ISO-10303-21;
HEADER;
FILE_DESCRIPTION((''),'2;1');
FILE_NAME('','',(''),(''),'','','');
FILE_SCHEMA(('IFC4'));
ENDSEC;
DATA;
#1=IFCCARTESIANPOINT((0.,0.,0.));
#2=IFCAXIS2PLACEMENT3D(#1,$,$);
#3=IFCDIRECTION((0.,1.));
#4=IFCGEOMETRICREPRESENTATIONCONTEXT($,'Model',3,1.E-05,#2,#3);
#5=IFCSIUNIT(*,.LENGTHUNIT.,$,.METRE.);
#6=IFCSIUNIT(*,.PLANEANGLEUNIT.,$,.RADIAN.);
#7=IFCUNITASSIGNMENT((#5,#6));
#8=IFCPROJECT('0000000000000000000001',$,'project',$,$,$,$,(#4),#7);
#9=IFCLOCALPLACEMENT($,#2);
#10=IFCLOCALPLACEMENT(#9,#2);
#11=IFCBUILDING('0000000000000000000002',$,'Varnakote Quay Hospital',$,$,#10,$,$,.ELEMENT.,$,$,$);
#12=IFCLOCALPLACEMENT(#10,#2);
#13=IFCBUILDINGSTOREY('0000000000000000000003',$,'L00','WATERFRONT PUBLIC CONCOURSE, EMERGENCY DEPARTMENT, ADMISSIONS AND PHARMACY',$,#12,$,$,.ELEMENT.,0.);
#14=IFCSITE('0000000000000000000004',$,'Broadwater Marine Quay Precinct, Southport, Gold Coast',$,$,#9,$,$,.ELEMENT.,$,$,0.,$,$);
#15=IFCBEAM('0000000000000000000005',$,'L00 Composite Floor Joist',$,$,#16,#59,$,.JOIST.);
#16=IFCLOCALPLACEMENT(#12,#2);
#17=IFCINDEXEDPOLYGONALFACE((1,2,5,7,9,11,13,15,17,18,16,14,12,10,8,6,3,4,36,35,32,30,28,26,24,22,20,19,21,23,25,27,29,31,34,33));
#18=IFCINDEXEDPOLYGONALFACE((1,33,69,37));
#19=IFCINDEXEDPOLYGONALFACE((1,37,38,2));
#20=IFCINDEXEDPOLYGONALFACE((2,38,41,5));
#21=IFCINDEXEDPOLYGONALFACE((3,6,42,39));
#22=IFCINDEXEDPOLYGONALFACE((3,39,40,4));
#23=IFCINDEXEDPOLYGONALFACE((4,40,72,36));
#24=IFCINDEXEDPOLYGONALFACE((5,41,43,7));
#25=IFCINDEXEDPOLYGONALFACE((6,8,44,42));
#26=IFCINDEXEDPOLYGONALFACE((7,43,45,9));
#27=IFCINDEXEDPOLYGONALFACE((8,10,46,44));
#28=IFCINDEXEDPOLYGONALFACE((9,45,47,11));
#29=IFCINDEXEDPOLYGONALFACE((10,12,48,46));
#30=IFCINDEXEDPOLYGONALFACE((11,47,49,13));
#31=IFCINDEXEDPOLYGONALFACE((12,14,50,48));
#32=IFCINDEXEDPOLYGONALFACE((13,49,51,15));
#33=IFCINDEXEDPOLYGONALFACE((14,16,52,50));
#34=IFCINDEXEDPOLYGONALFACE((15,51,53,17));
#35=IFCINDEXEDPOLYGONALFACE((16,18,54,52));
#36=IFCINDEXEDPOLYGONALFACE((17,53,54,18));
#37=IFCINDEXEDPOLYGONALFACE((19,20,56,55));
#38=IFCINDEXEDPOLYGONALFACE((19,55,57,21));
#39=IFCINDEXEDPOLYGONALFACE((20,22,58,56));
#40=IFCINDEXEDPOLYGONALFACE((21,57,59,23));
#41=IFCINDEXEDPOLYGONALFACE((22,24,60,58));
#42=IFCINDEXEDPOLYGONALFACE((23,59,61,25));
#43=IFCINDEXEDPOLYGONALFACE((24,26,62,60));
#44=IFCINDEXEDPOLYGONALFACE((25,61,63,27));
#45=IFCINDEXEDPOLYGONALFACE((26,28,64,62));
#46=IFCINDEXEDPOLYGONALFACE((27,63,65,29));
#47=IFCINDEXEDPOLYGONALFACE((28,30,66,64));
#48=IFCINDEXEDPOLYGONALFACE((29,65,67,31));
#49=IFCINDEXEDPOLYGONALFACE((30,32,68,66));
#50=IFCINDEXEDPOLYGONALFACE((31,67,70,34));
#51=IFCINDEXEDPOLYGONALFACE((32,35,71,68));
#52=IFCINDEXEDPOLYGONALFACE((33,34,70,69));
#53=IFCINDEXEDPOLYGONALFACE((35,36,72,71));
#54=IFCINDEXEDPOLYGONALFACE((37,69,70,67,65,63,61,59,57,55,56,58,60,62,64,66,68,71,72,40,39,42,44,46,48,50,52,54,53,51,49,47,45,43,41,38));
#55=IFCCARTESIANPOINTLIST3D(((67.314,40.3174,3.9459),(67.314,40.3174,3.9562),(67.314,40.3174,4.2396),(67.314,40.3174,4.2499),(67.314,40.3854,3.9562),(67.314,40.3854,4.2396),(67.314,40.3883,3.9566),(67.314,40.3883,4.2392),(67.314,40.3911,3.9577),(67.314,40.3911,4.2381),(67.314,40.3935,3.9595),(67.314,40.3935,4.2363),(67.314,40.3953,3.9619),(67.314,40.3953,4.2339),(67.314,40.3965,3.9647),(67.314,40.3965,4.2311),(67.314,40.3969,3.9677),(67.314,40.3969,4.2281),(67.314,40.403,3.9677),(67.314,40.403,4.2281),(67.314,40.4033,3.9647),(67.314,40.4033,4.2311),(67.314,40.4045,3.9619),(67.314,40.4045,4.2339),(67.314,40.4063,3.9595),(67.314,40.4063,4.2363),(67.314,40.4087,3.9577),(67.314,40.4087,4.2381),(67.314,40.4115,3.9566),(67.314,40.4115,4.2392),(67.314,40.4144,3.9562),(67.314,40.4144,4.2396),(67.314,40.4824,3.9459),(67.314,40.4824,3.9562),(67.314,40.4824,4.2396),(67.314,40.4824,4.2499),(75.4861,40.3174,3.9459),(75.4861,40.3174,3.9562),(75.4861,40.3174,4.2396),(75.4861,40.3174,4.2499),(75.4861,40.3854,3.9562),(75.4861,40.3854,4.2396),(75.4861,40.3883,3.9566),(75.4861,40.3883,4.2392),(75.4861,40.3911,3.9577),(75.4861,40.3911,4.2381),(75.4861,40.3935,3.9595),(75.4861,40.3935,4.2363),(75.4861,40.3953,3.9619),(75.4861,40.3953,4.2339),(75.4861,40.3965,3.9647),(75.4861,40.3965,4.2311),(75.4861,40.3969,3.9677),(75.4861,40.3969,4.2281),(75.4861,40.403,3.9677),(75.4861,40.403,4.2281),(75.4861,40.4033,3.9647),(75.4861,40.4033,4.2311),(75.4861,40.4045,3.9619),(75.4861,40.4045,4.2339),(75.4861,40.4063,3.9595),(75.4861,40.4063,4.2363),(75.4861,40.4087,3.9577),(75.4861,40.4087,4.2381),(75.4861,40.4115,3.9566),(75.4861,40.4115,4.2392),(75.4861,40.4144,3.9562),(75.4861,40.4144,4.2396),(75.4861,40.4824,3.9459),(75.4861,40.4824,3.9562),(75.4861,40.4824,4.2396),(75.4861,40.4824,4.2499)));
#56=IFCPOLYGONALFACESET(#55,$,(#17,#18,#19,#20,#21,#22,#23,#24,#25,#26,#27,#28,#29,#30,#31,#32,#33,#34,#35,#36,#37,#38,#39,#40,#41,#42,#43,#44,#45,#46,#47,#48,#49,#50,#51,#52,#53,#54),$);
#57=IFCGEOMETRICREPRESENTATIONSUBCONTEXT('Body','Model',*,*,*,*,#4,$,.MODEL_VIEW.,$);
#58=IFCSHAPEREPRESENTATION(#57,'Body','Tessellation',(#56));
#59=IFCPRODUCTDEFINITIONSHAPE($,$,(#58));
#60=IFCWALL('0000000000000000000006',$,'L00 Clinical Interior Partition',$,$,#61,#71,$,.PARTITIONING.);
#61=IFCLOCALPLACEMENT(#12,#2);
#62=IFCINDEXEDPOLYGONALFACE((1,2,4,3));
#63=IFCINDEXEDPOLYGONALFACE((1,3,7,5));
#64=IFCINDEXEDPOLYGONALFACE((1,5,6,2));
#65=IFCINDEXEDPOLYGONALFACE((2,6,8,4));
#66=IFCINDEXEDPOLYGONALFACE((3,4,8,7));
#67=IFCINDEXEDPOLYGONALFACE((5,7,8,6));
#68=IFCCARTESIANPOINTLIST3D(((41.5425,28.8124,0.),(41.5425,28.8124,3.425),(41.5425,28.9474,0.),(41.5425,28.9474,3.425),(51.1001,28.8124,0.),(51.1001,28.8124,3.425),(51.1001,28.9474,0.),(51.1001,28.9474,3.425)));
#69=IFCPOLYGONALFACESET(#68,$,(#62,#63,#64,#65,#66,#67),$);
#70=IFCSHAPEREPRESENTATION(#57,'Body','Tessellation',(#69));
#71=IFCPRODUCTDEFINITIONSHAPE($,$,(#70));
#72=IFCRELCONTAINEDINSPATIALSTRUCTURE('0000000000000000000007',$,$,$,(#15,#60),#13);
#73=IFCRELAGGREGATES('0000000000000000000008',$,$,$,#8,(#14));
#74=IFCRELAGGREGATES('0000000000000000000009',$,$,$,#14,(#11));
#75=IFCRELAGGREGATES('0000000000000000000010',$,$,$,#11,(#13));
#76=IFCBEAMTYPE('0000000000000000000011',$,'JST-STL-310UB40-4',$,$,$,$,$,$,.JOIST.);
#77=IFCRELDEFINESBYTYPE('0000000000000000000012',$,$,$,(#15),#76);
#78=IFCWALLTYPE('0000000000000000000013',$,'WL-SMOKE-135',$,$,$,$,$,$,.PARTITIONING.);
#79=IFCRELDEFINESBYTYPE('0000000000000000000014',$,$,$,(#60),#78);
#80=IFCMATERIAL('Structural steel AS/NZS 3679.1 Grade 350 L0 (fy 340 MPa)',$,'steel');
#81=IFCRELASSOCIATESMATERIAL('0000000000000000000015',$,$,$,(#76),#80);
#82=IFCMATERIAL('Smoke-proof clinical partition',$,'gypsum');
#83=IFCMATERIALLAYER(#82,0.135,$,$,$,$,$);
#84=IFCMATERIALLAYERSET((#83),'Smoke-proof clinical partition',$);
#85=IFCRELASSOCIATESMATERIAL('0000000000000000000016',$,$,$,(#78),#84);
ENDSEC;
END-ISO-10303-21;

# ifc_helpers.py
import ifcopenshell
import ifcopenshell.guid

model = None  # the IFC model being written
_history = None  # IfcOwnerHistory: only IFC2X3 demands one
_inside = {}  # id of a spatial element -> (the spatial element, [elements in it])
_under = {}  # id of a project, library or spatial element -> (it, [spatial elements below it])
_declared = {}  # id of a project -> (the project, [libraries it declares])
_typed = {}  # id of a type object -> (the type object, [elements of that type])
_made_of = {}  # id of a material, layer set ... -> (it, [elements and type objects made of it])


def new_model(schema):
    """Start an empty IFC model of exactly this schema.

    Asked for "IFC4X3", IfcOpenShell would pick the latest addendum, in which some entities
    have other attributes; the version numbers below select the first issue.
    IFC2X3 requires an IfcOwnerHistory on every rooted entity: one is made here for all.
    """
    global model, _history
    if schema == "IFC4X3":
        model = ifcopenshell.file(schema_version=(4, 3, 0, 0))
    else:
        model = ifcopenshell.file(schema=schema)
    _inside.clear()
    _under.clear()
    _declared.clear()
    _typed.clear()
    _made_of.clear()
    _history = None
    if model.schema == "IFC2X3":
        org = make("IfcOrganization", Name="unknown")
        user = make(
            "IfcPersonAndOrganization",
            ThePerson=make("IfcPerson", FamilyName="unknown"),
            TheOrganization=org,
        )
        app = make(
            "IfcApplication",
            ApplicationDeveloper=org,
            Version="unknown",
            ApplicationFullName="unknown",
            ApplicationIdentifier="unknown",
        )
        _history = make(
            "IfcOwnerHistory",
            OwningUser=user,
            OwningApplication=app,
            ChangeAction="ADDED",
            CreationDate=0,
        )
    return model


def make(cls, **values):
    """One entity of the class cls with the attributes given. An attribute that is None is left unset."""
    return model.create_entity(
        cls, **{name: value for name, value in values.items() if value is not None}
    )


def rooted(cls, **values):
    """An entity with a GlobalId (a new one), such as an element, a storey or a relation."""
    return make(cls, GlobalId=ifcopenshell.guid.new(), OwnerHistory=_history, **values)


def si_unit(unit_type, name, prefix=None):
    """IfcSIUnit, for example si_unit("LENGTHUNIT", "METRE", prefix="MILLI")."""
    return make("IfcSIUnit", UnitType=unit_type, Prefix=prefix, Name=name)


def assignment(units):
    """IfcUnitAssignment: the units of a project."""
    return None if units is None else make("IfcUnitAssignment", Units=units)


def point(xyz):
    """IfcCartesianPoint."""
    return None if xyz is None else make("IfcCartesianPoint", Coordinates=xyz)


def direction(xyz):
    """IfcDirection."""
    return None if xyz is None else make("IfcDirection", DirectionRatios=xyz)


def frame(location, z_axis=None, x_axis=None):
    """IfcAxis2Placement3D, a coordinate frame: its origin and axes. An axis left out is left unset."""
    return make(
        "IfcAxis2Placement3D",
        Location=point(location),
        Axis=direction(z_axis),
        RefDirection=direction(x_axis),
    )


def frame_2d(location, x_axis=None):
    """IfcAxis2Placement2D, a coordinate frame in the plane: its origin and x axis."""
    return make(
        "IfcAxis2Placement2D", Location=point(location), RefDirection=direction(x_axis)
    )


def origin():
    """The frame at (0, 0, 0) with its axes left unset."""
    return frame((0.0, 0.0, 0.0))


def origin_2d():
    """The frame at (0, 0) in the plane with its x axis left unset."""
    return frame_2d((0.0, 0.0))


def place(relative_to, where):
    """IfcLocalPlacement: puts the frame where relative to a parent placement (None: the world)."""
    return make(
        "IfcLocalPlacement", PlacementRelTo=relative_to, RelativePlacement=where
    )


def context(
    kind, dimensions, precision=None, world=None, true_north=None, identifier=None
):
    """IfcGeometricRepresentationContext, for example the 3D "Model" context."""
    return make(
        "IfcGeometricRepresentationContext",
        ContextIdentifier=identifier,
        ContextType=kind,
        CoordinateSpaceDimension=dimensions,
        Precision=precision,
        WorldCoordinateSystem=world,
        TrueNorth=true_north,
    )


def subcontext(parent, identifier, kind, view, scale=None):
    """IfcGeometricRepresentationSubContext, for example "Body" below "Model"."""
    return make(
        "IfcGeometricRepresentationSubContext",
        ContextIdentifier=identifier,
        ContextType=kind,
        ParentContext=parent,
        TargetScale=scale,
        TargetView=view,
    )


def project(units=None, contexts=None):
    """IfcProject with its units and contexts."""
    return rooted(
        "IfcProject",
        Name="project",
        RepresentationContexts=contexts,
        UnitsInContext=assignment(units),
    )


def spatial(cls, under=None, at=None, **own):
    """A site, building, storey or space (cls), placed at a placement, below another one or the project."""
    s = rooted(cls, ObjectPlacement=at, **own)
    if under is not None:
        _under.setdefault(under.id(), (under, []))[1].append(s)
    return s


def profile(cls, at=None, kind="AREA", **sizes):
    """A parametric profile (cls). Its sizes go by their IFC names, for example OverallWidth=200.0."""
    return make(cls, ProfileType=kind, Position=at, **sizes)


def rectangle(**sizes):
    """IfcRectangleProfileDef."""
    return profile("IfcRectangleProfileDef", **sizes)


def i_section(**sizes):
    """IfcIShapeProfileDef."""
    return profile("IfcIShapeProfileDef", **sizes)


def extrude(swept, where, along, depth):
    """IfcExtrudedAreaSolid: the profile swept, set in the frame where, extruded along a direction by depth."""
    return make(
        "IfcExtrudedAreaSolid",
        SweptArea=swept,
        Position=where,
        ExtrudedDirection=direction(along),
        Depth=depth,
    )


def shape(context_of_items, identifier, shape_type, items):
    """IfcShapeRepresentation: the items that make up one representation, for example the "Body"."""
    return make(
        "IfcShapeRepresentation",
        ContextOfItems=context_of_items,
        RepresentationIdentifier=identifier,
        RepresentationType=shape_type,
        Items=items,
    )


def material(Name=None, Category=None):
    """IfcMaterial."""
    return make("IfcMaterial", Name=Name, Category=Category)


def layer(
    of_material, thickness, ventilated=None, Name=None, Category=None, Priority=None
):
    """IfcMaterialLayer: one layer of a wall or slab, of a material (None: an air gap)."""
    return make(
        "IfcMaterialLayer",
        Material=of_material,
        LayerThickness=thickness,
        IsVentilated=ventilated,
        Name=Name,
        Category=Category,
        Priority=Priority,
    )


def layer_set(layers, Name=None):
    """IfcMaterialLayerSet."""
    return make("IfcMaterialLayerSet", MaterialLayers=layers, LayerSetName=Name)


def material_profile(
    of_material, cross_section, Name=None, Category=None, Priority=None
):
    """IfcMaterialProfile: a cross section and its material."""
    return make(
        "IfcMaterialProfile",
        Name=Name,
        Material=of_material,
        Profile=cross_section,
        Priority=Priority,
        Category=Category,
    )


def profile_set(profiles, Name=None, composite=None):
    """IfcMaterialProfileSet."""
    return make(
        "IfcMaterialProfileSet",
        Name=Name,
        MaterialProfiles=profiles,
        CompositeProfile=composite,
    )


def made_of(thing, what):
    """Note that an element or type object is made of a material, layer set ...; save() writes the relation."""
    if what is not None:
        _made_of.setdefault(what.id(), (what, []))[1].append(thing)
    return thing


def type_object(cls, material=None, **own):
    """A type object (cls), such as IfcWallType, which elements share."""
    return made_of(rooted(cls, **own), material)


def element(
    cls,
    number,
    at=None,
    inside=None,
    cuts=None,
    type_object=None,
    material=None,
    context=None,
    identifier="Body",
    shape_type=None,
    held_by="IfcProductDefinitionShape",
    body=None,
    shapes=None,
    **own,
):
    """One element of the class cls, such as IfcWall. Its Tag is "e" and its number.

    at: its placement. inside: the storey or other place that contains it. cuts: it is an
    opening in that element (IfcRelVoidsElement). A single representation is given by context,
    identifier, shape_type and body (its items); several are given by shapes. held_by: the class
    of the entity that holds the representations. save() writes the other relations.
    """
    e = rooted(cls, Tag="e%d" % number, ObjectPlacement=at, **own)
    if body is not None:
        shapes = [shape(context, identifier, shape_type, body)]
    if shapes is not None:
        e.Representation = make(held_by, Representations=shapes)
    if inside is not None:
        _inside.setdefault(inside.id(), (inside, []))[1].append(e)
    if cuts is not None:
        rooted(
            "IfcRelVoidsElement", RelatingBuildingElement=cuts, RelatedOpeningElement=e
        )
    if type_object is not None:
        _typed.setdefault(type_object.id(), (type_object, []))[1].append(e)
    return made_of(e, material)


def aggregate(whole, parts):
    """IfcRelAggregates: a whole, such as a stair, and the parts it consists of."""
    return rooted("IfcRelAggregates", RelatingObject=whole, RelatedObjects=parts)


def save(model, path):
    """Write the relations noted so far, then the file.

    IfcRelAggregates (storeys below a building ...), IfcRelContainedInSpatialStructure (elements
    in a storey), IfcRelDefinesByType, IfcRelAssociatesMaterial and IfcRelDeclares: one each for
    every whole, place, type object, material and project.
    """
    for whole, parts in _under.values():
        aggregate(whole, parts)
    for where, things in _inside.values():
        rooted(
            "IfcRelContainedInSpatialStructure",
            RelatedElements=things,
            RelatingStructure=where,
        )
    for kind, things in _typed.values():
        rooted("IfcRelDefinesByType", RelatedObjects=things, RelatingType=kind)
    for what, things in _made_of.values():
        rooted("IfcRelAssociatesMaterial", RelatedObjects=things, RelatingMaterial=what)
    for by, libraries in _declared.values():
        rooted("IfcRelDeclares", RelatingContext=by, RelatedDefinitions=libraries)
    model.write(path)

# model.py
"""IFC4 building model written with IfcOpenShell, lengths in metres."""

from ifc_helpers import new_model, si_unit, direction, frame, frame_2d, origin, origin_2d, place, context, subcontext, project, spatial, rectangle, i_section, extrude, material, layer, layer_set, material_profile, profile_set, type_object, element, save


model = new_model("IFC4")

# Units and contexts
model_context = context("Model", 3, precision=1e-05, world=origin(), true_north=direction((0.0, 1.0)))
body_context = subcontext(model_context, "Body", "Model", "MODEL_VIEW")
ifc_project = project(units=[si_unit("LENGTHUNIT", "METRE"), si_unit("PLANEANGLEUNIT", "RADIAN")], contexts=[model_context])

# Site, building, storey
site_placement = place(None, origin())
site = spatial("IfcSite", under=ifc_project, at=site_placement, Name="Broadwater Marine Quay Precinct, Southport, Gold Coast", CompositionType="ELEMENT", RefElevation=0.0)
building_placement = place(site_placement, origin())
building = spatial("IfcBuilding", under=site, at=building_placement, Name="Varnakote Quay Hospital", CompositionType="ELEMENT")
storey_placement = place(building_placement, origin())
storey = spatial("IfcBuildingStorey", under=building, at=storey_placement, Name="L00", Description="WATERFRONT PUBLIC CONCOURSE, EMERGENCY DEPARTMENT, ADMISSIONS AND PHARMACY", CompositionType="ELEMENT", Elevation=0.0)

# Beam
ifc_material_1 = material(Name="Structural steel AS/NZS 3679.1 Grade 350 L0 (fy 340 MPa)", Category="steel")
ifc_material_profile_1 = material_profile(ifc_material_1, i_section(OverallWidth=0.165, OverallDepth=0.304, WebThickness=0.0061, FlangeThickness=0.0103, FilletRadius=0.0115, at=origin_2d()), Name="310UB40.4")
ifc_profile_set_1 = profile_set([ifc_material_profile_1], Name="Structural steel AS/NZS 3679.1 Grade 350 L0 (fy 340 MPa)")
beam_type_1 = type_object("IfcBeamType", Name="JST-STL-310UB40-4", PredefinedType="JOIST", material=ifc_profile_set_1)
beam_1_placement = place(storey_placement, frame((67.314, 40.3999, 4.0979), z_axis=(1.0, 0.0, 0.0), x_axis=(0.0, 1.0, 0.0)))
element("IfcBeam", 1, at=beam_1_placement, inside=storey, type_object=beam_type_1, Name="L00 Composite Floor Joist", PredefinedType="JOIST", context=body_context, shape_type="SweptSolid", body=[
    extrude(i_section(OverallWidth=0.165, OverallDepth=0.304, WebThickness=0.0061, FlangeThickness=0.0103, FilletRadius=0.0115, at=origin_2d()), origin(), (0.0, 0.0, 1.0), 8.1721),
])

# Wall
ifc_material_2 = material(Name="Smoke-proof clinical partition", Category="gypsum")
ifc_layer_1 = layer(ifc_material_2, 0.135)
ifc_layer_set_1 = layer_set([ifc_layer_1], Name="Smoke-proof clinical partition")
wall_type = type_object("IfcWallType", Name="WL-SMOKE-135", PredefinedType="PARTITIONING", material=ifc_layer_set_1)
wall_placement = place(storey_placement, frame((51.1001, 28.8799, 0.0), z_axis=(0.0, 0.0, 1.0), x_axis=(-1.0, 0.0, 0.0)))
element("IfcWall", 2, at=wall_placement, inside=storey, type_object=wall_type, Name="L00 Clinical Interior Partition", PredefinedType="PARTITIONING", context=body_context, shape_type="SweptSolid", body=[
    extrude(rectangle(XDim=9.5576, YDim=0.135, at=frame_2d((4.7788, 0.0))), origin(), (0.0, 0.0, 1.0), 3.425),
])

save(model, "model.ifc")
